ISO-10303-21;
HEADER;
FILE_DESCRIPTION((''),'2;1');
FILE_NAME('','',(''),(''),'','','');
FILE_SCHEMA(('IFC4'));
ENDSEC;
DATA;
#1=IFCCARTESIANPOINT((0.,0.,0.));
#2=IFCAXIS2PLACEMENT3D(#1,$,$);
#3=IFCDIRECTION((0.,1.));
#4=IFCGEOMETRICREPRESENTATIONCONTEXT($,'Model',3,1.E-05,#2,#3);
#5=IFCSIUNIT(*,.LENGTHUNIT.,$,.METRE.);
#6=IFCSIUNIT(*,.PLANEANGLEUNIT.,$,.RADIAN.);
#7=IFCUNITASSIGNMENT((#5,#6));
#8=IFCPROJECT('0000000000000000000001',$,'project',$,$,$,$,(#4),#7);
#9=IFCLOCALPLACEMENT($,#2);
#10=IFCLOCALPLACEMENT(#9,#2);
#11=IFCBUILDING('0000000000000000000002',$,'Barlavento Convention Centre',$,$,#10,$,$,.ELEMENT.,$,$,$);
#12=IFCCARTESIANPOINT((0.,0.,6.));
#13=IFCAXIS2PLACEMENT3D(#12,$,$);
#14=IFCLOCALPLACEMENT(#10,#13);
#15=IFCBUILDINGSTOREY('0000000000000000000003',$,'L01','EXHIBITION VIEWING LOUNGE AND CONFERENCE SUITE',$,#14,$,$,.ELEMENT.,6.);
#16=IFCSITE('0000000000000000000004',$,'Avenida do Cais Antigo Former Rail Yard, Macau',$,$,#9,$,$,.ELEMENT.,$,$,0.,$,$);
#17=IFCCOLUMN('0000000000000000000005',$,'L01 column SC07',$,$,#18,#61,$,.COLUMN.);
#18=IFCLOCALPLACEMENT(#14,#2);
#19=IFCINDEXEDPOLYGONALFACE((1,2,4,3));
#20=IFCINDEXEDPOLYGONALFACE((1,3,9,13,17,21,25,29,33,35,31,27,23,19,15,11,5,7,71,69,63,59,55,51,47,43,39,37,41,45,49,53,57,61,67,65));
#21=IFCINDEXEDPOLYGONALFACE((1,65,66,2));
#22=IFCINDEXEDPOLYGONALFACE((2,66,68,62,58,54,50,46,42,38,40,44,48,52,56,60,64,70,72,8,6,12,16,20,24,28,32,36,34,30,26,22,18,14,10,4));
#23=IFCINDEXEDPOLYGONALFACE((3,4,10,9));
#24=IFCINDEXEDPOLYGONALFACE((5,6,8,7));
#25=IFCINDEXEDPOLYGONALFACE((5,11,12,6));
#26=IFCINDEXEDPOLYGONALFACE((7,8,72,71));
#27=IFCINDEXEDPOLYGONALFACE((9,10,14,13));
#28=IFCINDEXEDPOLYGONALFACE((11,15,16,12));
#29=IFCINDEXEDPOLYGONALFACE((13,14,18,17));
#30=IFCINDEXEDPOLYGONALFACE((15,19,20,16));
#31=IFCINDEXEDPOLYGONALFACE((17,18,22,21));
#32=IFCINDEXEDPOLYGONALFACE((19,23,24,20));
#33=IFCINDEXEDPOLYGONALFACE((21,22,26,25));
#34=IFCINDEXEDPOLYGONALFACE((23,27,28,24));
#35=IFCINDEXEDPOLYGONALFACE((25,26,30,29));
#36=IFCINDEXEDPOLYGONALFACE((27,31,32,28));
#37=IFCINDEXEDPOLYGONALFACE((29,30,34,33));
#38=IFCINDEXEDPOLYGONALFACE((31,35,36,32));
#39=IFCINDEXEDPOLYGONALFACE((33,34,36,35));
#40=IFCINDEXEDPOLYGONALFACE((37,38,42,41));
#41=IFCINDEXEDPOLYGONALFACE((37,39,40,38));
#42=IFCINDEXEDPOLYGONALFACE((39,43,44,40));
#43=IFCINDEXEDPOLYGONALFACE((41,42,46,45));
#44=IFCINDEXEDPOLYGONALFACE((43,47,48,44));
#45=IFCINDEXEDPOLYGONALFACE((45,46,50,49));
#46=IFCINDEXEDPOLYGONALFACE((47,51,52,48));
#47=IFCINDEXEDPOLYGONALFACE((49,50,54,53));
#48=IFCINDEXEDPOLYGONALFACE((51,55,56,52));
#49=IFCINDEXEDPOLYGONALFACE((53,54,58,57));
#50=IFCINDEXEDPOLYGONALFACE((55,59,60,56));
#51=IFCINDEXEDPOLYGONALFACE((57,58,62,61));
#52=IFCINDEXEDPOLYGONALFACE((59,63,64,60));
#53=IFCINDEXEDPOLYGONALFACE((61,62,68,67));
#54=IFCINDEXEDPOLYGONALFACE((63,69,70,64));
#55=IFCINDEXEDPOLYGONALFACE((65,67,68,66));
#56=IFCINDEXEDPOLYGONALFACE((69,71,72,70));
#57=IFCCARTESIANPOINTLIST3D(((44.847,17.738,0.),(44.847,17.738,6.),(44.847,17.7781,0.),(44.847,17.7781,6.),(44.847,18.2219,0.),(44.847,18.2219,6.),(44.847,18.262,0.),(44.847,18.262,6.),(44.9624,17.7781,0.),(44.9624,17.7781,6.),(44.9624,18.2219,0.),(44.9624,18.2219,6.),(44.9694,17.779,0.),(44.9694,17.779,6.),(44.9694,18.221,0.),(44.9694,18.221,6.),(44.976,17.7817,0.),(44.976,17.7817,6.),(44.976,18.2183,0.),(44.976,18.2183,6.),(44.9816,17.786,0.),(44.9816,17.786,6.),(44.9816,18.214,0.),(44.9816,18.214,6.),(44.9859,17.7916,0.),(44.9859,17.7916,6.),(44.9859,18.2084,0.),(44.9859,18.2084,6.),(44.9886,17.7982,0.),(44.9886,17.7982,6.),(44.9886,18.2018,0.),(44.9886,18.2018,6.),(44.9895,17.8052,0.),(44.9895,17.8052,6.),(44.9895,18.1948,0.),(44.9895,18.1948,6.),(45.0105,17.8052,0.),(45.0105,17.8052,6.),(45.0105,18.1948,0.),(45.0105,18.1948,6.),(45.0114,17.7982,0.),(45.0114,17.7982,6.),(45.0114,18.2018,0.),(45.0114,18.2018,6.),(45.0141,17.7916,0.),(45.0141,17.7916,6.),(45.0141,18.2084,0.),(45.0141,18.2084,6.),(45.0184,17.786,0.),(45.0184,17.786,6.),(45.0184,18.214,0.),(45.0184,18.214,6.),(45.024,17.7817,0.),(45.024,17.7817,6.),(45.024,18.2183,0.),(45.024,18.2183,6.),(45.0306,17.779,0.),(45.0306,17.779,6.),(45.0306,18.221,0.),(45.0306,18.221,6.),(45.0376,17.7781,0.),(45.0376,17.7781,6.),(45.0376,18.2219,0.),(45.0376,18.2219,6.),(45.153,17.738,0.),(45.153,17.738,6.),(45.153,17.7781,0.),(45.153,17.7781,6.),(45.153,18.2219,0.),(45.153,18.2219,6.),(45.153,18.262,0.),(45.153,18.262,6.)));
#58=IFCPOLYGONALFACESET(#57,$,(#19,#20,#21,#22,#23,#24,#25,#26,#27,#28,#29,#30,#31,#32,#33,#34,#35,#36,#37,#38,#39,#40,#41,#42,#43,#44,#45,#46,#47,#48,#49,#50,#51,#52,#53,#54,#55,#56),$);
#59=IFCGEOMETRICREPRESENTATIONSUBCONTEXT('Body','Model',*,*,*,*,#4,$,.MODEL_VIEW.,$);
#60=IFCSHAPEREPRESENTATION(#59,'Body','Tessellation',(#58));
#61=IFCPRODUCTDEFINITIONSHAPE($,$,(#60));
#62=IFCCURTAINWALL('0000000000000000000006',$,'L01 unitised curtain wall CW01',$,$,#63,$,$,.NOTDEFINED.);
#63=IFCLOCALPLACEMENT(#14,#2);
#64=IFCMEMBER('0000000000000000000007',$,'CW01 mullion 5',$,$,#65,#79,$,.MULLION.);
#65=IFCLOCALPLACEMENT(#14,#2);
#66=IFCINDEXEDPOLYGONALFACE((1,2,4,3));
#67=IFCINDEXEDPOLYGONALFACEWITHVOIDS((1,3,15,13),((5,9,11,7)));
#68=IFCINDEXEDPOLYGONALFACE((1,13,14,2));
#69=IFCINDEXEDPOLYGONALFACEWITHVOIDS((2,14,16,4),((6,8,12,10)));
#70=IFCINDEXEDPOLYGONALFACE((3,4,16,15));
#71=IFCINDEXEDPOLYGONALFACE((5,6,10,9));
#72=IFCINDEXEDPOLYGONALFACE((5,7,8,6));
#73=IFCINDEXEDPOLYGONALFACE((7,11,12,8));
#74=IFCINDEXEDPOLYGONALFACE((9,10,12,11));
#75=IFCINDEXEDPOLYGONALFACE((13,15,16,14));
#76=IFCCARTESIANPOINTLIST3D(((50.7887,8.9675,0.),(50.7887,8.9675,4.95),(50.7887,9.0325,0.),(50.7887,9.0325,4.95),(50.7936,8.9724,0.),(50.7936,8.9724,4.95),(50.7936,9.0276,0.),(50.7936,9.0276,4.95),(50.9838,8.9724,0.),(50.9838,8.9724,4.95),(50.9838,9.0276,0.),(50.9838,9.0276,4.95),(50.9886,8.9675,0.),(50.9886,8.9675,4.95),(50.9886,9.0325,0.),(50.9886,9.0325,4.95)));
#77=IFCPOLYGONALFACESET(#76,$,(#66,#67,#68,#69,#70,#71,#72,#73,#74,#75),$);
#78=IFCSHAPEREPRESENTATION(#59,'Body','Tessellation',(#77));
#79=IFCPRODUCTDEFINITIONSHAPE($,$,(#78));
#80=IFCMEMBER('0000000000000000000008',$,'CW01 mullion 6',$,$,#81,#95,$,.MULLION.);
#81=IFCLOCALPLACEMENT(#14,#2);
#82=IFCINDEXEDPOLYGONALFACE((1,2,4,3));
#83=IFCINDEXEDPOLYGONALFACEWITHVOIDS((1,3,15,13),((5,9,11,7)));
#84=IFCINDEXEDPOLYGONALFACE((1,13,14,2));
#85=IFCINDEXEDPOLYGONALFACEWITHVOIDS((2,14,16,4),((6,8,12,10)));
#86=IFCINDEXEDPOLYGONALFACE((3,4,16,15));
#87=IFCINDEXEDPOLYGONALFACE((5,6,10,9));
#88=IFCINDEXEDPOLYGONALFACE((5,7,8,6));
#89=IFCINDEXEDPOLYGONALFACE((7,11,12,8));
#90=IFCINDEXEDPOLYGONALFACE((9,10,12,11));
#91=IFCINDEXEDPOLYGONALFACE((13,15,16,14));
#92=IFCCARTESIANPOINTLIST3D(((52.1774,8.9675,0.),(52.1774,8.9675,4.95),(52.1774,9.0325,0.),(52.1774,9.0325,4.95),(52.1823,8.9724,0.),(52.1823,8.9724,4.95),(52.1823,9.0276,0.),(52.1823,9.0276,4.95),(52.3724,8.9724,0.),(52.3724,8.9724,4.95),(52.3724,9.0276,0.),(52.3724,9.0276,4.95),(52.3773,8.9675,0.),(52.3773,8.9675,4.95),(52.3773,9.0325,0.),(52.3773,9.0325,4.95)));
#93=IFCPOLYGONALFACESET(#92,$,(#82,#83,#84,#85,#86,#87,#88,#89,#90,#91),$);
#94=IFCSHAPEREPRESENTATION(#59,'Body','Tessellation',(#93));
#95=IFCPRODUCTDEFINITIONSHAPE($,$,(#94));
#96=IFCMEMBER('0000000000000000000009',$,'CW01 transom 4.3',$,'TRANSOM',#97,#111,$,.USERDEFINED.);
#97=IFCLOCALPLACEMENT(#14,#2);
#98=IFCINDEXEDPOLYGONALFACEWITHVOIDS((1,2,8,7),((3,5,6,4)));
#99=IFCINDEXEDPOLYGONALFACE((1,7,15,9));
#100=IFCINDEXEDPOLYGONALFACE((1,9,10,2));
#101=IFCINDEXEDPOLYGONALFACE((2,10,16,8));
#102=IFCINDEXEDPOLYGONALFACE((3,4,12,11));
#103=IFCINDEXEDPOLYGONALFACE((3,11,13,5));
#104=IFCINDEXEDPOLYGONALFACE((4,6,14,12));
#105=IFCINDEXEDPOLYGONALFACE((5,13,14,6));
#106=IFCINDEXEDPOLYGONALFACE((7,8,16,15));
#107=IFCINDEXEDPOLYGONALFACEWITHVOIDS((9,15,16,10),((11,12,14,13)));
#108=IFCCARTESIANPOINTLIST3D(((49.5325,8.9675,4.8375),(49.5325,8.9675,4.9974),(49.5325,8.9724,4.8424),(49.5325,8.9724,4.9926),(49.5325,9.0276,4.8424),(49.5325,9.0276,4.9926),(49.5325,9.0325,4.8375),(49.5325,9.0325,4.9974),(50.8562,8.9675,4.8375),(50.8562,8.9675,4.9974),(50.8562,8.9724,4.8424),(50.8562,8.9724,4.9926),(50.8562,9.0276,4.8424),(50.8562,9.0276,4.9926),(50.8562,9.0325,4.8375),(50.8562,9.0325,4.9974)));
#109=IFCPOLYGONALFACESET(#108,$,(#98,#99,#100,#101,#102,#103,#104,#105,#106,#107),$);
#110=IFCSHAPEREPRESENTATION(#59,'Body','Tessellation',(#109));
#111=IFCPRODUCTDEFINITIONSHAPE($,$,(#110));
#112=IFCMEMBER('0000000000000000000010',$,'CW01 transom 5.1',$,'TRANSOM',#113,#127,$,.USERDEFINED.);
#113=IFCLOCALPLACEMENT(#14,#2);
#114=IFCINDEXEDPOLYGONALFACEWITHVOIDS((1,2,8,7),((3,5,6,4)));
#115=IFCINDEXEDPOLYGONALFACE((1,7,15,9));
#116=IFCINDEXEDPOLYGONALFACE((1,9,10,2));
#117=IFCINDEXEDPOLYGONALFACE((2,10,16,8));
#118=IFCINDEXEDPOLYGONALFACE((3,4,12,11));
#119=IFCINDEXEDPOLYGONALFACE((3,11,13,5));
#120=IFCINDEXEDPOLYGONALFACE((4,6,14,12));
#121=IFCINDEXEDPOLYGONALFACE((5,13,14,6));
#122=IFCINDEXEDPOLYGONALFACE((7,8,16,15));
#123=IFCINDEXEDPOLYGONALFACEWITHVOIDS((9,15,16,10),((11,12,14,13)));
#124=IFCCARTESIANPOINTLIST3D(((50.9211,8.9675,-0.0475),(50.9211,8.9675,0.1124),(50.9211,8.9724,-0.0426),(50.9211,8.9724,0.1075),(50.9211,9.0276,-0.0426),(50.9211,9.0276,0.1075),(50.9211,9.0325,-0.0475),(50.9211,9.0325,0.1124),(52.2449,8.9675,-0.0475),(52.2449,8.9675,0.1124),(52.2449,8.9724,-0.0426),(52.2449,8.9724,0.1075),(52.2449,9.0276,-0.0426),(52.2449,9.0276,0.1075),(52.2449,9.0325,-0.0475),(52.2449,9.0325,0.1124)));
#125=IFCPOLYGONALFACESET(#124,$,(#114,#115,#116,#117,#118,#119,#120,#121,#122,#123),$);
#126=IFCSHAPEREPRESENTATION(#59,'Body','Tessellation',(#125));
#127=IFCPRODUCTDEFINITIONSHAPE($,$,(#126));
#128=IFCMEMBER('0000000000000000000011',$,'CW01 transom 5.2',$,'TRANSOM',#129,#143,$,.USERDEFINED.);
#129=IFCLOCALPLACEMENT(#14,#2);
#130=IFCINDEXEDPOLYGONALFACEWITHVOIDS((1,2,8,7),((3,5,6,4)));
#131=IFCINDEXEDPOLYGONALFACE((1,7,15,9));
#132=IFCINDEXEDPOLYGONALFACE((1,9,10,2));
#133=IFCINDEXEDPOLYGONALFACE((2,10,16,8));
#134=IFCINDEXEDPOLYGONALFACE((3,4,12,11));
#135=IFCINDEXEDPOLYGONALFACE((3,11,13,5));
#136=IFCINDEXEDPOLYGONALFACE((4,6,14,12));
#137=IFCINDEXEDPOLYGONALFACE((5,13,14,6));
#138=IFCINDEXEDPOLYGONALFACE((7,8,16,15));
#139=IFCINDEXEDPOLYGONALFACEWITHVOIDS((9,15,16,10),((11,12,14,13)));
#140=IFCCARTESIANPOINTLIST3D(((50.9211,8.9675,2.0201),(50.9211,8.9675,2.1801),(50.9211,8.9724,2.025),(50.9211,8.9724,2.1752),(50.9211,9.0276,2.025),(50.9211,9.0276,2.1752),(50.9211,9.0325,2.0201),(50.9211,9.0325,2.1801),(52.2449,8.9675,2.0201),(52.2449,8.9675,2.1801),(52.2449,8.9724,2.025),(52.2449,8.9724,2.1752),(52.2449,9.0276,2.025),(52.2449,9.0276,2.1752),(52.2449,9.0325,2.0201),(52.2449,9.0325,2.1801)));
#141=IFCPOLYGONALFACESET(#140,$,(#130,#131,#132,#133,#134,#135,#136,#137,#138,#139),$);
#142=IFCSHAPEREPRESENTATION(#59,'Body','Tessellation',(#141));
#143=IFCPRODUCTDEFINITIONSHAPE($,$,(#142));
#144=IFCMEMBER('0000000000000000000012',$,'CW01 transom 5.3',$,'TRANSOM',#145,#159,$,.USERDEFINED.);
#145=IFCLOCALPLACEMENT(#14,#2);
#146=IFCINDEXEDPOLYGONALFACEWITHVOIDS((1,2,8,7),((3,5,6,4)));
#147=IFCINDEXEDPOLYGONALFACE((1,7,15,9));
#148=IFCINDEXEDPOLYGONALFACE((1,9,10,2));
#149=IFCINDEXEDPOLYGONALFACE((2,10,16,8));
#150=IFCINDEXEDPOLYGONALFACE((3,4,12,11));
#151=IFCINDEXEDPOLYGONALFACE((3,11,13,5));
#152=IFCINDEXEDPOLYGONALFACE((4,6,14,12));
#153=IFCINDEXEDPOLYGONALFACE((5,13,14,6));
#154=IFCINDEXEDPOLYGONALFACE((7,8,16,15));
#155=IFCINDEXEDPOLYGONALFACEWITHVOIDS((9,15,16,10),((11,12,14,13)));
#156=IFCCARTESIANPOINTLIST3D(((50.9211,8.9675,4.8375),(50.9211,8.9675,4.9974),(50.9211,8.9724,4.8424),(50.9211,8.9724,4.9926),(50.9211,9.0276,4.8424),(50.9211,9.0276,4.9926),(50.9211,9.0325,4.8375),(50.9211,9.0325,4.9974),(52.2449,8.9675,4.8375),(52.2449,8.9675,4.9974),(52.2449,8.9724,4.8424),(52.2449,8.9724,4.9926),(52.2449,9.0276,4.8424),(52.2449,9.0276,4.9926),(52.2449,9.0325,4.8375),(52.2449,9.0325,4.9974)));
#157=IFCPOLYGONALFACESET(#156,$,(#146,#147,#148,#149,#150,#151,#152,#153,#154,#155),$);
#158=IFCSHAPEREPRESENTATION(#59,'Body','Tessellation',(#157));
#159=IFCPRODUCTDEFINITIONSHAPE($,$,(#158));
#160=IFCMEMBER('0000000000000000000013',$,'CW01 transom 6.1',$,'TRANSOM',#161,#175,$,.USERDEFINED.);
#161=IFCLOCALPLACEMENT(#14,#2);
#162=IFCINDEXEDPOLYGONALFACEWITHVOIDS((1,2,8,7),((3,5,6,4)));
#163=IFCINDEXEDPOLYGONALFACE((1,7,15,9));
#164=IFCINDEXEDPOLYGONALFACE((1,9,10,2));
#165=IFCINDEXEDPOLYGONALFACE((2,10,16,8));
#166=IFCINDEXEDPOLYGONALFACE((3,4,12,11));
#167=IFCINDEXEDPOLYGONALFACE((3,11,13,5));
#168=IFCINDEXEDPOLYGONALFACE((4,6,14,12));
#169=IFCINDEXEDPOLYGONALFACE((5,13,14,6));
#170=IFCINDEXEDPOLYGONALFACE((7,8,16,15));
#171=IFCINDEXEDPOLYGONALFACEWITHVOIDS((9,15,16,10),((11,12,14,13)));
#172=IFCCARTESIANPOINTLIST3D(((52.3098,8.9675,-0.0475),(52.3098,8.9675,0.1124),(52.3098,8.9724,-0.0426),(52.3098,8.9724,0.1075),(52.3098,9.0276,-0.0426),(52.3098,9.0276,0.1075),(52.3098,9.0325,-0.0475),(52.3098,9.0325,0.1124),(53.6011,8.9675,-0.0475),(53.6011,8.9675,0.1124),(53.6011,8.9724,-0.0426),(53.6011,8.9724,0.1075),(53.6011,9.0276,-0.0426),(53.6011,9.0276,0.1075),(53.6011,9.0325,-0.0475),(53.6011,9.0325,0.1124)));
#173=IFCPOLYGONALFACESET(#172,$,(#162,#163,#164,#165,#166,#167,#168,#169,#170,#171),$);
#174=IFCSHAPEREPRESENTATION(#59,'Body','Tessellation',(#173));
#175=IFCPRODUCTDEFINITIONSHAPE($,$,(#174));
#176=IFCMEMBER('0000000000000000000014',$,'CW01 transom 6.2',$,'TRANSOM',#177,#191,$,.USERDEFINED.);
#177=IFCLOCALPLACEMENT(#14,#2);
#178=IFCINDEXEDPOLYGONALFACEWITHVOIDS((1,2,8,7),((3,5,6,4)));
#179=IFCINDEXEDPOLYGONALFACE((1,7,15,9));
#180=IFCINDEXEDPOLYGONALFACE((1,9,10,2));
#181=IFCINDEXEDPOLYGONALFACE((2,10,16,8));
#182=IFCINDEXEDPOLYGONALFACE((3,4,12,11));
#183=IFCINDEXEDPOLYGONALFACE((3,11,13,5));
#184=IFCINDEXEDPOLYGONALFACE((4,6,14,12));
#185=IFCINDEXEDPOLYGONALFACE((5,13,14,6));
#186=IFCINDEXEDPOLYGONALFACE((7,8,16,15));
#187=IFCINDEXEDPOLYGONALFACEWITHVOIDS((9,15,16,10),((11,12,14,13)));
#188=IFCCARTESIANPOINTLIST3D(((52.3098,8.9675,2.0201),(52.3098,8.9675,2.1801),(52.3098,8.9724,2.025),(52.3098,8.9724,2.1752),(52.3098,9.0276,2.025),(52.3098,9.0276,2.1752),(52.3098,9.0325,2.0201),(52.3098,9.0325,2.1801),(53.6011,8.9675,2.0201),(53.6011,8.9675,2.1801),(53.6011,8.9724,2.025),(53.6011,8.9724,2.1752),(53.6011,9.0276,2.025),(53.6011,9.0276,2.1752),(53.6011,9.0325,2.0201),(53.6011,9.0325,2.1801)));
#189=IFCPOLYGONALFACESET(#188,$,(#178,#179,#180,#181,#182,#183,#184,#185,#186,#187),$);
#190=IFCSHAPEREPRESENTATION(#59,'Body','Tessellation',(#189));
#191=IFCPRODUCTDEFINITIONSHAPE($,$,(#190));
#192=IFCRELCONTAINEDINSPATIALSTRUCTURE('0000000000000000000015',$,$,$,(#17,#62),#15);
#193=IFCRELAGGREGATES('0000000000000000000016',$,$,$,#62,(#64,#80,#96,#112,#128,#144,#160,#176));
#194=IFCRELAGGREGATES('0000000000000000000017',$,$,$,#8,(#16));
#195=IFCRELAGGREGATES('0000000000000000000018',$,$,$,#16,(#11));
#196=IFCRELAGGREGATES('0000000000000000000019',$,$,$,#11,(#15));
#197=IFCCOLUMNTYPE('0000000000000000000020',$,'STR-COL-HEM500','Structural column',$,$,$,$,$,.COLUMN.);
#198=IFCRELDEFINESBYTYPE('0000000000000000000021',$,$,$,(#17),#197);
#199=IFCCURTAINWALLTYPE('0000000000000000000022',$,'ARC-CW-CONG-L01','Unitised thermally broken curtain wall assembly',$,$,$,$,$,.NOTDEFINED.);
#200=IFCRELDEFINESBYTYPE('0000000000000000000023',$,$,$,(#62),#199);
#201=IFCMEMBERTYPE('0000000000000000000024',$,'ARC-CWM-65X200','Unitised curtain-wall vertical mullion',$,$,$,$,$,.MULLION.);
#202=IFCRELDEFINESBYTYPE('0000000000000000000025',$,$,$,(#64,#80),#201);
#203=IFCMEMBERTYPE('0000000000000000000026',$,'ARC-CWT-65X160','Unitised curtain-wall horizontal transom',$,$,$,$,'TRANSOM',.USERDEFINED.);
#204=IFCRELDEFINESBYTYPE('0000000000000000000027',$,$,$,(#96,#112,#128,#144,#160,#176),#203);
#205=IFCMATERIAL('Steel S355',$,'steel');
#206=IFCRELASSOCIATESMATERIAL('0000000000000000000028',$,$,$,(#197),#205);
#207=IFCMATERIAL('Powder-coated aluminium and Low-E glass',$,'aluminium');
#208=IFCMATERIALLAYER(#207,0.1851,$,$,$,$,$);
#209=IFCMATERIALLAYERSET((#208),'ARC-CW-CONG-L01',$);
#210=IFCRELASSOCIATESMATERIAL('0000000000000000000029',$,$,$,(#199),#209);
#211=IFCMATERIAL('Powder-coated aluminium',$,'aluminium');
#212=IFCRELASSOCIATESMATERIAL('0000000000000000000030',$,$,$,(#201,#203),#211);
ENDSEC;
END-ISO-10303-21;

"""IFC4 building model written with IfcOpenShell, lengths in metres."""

from ifc_helpers import new_model, si_unit, direction, frame, origin, origin_2d, place, context, subcontext, project, spatial, hollow_rectangle, i_section, extrude, material, layer, layer_set, material_profile, profile_set, type_object, element, aggregate, save


model = new_model("IFC4")

# Units and contexts
model_context = context("Model", 3, precision=1e-05, world=origin(), true_north=direction((0.0, 1.0)))
body_context = subcontext(model_context, "Body", "Model", "MODEL_VIEW")
ifc_project = project(units=[si_unit("LENGTHUNIT", "METRE"), si_unit("PLANEANGLEUNIT", "RADIAN")], contexts=[model_context])

# Site, building, storey
site_placement = place(None, origin())
site = spatial("IfcSite", under=ifc_project, at=site_placement, Name="Avenida do Cais Antigo Former Rail Yard, Macau", CompositionType="ELEMENT", RefElevation=0.0)
building_placement = place(site_placement, origin())
building = spatial("IfcBuilding", under=site, at=building_placement, Name="Barlavento Convention Centre", CompositionType="ELEMENT")
storey_placement = place(building_placement, frame((0.0, 0.0, 6.0)))
storey = spatial("IfcBuildingStorey", under=building, at=storey_placement, Name="L01", Description="EXHIBITION VIEWING LOUNGE AND CONFERENCE SUITE", CompositionType="ELEMENT", Elevation=6.0)

# Column
ifc_material_1 = material(Name="Steel S355", Category="steel")
ifc_material_profile_1 = material_profile(ifc_material_1, i_section(OverallWidth=0.3059, OverallDepth=0.5239, WebThickness=0.021, FlangeThickness=0.04, FilletRadius=0.0271, at=origin_2d()), Name="HEM 500")
ifc_profile_set_1 = profile_set([ifc_material_profile_1], Name="Steel S355")
column_type = type_object("IfcColumnType", Name="STR-COL-HEM500", Description="Structural column", PredefinedType="COLUMN", material=ifc_profile_set_1)
column_placement = place(storey_placement, frame((45.0, 18.0, 0.0), z_axis=(0.0, 0.0, 1.0), x_axis=(1.0, 0.0, 0.0)))
element("IfcColumn", 1, at=column_placement, inside=storey, type_object=column_type, Name="L01 column SC07", PredefinedType="COLUMN", context=body_context, shape_type="SweptSolid", body=[
    extrude(i_section(OverallWidth=0.3059, OverallDepth=0.5239, WebThickness=0.021, FlangeThickness=0.04, FilletRadius=0.0271, at=origin_2d()), origin(), (0.0, 0.0, 1.0), 6.0),
])

# Curtain wall, members
ifc_material_2 = material(Name="Powder-coated aluminium and Low-E glass", Category="aluminium")
ifc_layer_1 = layer(ifc_material_2, 0.1851)
ifc_layer_set_1 = layer_set([ifc_layer_1], Name="ARC-CW-CONG-L01")
curtain_wall_type = type_object("IfcCurtainWallType", Name="ARC-CW-CONG-L01", Description="Unitised thermally broken curtain wall assembly", PredefinedType="NOTDEFINED", material=ifc_layer_set_1)
curtain_wall_placement = place(storey_placement, origin())
curtain_wall = element("IfcCurtainWall", 2, at=curtain_wall_placement, inside=storey, type_object=curtain_wall_type, Name="L01 unitised curtain wall CW01", PredefinedType="NOTDEFINED")
ifc_material_3 = material(Name="Powder-coated aluminium", Category="aluminium")
ifc_material_profile_2 = material_profile(ifc_material_3, hollow_rectangle(XDim=0.0649, YDim=0.2, WallThickness=0.0049, at=origin_2d()), Name="AL-MULL 65x200x5")
ifc_profile_set_2 = profile_set([ifc_material_profile_2], Name="Powder-coated aluminium")
member_type_1 = type_object("IfcMemberType", Name="ARC-CWM-65X200", Description="Unitised curtain-wall vertical mullion", PredefinedType="MULLION", material=ifc_profile_set_2)
member_1_placement = place(storey_placement, frame((50.8887, 9.0, 0.0), z_axis=(0.0, 0.0, 1.0), x_axis=(0.0, 1.0, 0.0)))
member_1 = element("IfcMember", 3, at=member_1_placement, type_object=member_type_1, Name="CW01 mullion 5", PredefinedType="MULLION", context=body_context, shape_type="SweptSolid", body=[
    extrude(hollow_rectangle(XDim=0.0649, YDim=0.2, WallThickness=0.0049, at=origin_2d()), origin(), (0.0, 0.0, 1.0), 4.95),
])
member_2_placement = place(storey_placement, frame((52.2773, 9.0, 0.0), z_axis=(0.0, 0.0, 1.0), x_axis=(0.0, 1.0, 0.0)))
member_2 = element("IfcMember", 4, at=member_2_placement, type_object=member_type_1, Name="CW01 mullion 6", PredefinedType="MULLION", context=body_context, shape_type="SweptSolid", body=[
    extrude(hollow_rectangle(XDim=0.0649, YDim=0.2, WallThickness=0.0049, at=origin_2d()), origin(), (0.0, 0.0, 1.0), 4.95),
])
ifc_material_profile_3 = material_profile(ifc_material_3, hollow_rectangle(XDim=0.0649, YDim=0.1599, WallThickness=0.0049, at=origin_2d()), Name="AL-TRAN 65x160x5")
ifc_profile_set_3 = profile_set([ifc_material_profile_3], Name="Powder-coated aluminium")
member_type_2 = type_object("IfcMemberType", Name="ARC-CWT-65X160", Description="Unitised curtain-wall horizontal transom", ElementType="TRANSOM", PredefinedType="USERDEFINED", material=ifc_profile_set_3)
member_3_placement = place(storey_placement, frame((49.5325, 9.0, 4.9175), z_axis=(1.0, 0.0, 0.0), x_axis=(0.0, 1.0, 0.0)))
member_3 = element("IfcMember", 5, at=member_3_placement, type_object=member_type_2, Name="CW01 transom 4.3", ObjectType="TRANSOM", PredefinedType="USERDEFINED", context=body_context, shape_type="SweptSolid", body=[
    extrude(hollow_rectangle(XDim=0.0649, YDim=0.1599, WallThickness=0.0049, at=origin_2d()), origin(), (0.0, 0.0, 1.0), 1.3237),
])
member_4_placement = place(storey_placement, frame((50.9211, 9.0, 0.0325), z_axis=(1.0, 0.0, 0.0), x_axis=(0.0, 1.0, 0.0)))
member_4 = element("IfcMember", 6, at=member_4_placement, type_object=member_type_2, Name="CW01 transom 5.1", ObjectType="TRANSOM", PredefinedType="USERDEFINED", context=body_context, shape_type="SweptSolid", body=[
    extrude(hollow_rectangle(XDim=0.0649, YDim=0.1599, WallThickness=0.0049, at=origin_2d()), origin(), (0.0, 0.0, 1.0), 1.3237),
])
member_5_placement = place(storey_placement, frame((50.9211, 9.0, 2.1001), z_axis=(1.0, 0.0, 0.0), x_axis=(0.0, 1.0, 0.0)))
member_5 = element("IfcMember", 7, at=member_5_placement, type_object=member_type_2, Name="CW01 transom 5.2", ObjectType="TRANSOM", PredefinedType="USERDEFINED", context=body_context, shape_type="SweptSolid", body=[
    extrude(hollow_rectangle(XDim=0.0649, YDim=0.1599, WallThickness=0.0049, at=origin_2d()), origin(), (0.0, 0.0, 1.0), 1.3237),
])
member_6_placement = place(storey_placement, frame((50.9211, 9.0, 4.9175), z_axis=(1.0, 0.0, 0.0), x_axis=(0.0, 1.0, 0.0)))
member_6 = element("IfcMember", 8, at=member_6_placement, type_object=member_type_2, Name="CW01 transom 5.3", ObjectType="TRANSOM", PredefinedType="USERDEFINED", context=body_context, shape_type="SweptSolid", body=[
    extrude(hollow_rectangle(XDim=0.0649, YDim=0.1599, WallThickness=0.0049, at=origin_2d()), origin(), (0.0, 0.0, 1.0), 1.3237),
])
member_7_placement = place(storey_placement, frame((52.3098, 9.0, 0.0325), z_axis=(1.0, 0.0, 0.0), x_axis=(0.0, 1.0, 0.0)))
member_7 = element("IfcMember", 9, at=member_7_placement, type_object=member_type_2, Name="CW01 transom 6.1", ObjectType="TRANSOM", PredefinedType="USERDEFINED", context=body_context, shape_type="SweptSolid", body=[
    extrude(hollow_rectangle(XDim=0.0649, YDim=0.1599, WallThickness=0.0049, at=origin_2d()), origin(), (0.0, 0.0, 1.0), 1.2913),
])
member_8_placement = place(storey_placement, frame((52.3098, 9.0, 2.1001), z_axis=(1.0, 0.0, 0.0), x_axis=(0.0, 1.0, 0.0)))
member_8 = element("IfcMember", 10, at=member_8_placement, type_object=member_type_2, Name="CW01 transom 6.2", ObjectType="TRANSOM", PredefinedType="USERDEFINED", context=body_context, shape_type="SweptSolid", body=[
    extrude(hollow_rectangle(XDim=0.0649, YDim=0.1599, WallThickness=0.0049, at=origin_2d()), origin(), (0.0, 0.0, 1.0), 1.2913),
])

aggregate(curtain_wall, [member_1, member_2, member_3, member_4, member_5, member_6, member_7, member_8])

save(model, "model.ifc")
